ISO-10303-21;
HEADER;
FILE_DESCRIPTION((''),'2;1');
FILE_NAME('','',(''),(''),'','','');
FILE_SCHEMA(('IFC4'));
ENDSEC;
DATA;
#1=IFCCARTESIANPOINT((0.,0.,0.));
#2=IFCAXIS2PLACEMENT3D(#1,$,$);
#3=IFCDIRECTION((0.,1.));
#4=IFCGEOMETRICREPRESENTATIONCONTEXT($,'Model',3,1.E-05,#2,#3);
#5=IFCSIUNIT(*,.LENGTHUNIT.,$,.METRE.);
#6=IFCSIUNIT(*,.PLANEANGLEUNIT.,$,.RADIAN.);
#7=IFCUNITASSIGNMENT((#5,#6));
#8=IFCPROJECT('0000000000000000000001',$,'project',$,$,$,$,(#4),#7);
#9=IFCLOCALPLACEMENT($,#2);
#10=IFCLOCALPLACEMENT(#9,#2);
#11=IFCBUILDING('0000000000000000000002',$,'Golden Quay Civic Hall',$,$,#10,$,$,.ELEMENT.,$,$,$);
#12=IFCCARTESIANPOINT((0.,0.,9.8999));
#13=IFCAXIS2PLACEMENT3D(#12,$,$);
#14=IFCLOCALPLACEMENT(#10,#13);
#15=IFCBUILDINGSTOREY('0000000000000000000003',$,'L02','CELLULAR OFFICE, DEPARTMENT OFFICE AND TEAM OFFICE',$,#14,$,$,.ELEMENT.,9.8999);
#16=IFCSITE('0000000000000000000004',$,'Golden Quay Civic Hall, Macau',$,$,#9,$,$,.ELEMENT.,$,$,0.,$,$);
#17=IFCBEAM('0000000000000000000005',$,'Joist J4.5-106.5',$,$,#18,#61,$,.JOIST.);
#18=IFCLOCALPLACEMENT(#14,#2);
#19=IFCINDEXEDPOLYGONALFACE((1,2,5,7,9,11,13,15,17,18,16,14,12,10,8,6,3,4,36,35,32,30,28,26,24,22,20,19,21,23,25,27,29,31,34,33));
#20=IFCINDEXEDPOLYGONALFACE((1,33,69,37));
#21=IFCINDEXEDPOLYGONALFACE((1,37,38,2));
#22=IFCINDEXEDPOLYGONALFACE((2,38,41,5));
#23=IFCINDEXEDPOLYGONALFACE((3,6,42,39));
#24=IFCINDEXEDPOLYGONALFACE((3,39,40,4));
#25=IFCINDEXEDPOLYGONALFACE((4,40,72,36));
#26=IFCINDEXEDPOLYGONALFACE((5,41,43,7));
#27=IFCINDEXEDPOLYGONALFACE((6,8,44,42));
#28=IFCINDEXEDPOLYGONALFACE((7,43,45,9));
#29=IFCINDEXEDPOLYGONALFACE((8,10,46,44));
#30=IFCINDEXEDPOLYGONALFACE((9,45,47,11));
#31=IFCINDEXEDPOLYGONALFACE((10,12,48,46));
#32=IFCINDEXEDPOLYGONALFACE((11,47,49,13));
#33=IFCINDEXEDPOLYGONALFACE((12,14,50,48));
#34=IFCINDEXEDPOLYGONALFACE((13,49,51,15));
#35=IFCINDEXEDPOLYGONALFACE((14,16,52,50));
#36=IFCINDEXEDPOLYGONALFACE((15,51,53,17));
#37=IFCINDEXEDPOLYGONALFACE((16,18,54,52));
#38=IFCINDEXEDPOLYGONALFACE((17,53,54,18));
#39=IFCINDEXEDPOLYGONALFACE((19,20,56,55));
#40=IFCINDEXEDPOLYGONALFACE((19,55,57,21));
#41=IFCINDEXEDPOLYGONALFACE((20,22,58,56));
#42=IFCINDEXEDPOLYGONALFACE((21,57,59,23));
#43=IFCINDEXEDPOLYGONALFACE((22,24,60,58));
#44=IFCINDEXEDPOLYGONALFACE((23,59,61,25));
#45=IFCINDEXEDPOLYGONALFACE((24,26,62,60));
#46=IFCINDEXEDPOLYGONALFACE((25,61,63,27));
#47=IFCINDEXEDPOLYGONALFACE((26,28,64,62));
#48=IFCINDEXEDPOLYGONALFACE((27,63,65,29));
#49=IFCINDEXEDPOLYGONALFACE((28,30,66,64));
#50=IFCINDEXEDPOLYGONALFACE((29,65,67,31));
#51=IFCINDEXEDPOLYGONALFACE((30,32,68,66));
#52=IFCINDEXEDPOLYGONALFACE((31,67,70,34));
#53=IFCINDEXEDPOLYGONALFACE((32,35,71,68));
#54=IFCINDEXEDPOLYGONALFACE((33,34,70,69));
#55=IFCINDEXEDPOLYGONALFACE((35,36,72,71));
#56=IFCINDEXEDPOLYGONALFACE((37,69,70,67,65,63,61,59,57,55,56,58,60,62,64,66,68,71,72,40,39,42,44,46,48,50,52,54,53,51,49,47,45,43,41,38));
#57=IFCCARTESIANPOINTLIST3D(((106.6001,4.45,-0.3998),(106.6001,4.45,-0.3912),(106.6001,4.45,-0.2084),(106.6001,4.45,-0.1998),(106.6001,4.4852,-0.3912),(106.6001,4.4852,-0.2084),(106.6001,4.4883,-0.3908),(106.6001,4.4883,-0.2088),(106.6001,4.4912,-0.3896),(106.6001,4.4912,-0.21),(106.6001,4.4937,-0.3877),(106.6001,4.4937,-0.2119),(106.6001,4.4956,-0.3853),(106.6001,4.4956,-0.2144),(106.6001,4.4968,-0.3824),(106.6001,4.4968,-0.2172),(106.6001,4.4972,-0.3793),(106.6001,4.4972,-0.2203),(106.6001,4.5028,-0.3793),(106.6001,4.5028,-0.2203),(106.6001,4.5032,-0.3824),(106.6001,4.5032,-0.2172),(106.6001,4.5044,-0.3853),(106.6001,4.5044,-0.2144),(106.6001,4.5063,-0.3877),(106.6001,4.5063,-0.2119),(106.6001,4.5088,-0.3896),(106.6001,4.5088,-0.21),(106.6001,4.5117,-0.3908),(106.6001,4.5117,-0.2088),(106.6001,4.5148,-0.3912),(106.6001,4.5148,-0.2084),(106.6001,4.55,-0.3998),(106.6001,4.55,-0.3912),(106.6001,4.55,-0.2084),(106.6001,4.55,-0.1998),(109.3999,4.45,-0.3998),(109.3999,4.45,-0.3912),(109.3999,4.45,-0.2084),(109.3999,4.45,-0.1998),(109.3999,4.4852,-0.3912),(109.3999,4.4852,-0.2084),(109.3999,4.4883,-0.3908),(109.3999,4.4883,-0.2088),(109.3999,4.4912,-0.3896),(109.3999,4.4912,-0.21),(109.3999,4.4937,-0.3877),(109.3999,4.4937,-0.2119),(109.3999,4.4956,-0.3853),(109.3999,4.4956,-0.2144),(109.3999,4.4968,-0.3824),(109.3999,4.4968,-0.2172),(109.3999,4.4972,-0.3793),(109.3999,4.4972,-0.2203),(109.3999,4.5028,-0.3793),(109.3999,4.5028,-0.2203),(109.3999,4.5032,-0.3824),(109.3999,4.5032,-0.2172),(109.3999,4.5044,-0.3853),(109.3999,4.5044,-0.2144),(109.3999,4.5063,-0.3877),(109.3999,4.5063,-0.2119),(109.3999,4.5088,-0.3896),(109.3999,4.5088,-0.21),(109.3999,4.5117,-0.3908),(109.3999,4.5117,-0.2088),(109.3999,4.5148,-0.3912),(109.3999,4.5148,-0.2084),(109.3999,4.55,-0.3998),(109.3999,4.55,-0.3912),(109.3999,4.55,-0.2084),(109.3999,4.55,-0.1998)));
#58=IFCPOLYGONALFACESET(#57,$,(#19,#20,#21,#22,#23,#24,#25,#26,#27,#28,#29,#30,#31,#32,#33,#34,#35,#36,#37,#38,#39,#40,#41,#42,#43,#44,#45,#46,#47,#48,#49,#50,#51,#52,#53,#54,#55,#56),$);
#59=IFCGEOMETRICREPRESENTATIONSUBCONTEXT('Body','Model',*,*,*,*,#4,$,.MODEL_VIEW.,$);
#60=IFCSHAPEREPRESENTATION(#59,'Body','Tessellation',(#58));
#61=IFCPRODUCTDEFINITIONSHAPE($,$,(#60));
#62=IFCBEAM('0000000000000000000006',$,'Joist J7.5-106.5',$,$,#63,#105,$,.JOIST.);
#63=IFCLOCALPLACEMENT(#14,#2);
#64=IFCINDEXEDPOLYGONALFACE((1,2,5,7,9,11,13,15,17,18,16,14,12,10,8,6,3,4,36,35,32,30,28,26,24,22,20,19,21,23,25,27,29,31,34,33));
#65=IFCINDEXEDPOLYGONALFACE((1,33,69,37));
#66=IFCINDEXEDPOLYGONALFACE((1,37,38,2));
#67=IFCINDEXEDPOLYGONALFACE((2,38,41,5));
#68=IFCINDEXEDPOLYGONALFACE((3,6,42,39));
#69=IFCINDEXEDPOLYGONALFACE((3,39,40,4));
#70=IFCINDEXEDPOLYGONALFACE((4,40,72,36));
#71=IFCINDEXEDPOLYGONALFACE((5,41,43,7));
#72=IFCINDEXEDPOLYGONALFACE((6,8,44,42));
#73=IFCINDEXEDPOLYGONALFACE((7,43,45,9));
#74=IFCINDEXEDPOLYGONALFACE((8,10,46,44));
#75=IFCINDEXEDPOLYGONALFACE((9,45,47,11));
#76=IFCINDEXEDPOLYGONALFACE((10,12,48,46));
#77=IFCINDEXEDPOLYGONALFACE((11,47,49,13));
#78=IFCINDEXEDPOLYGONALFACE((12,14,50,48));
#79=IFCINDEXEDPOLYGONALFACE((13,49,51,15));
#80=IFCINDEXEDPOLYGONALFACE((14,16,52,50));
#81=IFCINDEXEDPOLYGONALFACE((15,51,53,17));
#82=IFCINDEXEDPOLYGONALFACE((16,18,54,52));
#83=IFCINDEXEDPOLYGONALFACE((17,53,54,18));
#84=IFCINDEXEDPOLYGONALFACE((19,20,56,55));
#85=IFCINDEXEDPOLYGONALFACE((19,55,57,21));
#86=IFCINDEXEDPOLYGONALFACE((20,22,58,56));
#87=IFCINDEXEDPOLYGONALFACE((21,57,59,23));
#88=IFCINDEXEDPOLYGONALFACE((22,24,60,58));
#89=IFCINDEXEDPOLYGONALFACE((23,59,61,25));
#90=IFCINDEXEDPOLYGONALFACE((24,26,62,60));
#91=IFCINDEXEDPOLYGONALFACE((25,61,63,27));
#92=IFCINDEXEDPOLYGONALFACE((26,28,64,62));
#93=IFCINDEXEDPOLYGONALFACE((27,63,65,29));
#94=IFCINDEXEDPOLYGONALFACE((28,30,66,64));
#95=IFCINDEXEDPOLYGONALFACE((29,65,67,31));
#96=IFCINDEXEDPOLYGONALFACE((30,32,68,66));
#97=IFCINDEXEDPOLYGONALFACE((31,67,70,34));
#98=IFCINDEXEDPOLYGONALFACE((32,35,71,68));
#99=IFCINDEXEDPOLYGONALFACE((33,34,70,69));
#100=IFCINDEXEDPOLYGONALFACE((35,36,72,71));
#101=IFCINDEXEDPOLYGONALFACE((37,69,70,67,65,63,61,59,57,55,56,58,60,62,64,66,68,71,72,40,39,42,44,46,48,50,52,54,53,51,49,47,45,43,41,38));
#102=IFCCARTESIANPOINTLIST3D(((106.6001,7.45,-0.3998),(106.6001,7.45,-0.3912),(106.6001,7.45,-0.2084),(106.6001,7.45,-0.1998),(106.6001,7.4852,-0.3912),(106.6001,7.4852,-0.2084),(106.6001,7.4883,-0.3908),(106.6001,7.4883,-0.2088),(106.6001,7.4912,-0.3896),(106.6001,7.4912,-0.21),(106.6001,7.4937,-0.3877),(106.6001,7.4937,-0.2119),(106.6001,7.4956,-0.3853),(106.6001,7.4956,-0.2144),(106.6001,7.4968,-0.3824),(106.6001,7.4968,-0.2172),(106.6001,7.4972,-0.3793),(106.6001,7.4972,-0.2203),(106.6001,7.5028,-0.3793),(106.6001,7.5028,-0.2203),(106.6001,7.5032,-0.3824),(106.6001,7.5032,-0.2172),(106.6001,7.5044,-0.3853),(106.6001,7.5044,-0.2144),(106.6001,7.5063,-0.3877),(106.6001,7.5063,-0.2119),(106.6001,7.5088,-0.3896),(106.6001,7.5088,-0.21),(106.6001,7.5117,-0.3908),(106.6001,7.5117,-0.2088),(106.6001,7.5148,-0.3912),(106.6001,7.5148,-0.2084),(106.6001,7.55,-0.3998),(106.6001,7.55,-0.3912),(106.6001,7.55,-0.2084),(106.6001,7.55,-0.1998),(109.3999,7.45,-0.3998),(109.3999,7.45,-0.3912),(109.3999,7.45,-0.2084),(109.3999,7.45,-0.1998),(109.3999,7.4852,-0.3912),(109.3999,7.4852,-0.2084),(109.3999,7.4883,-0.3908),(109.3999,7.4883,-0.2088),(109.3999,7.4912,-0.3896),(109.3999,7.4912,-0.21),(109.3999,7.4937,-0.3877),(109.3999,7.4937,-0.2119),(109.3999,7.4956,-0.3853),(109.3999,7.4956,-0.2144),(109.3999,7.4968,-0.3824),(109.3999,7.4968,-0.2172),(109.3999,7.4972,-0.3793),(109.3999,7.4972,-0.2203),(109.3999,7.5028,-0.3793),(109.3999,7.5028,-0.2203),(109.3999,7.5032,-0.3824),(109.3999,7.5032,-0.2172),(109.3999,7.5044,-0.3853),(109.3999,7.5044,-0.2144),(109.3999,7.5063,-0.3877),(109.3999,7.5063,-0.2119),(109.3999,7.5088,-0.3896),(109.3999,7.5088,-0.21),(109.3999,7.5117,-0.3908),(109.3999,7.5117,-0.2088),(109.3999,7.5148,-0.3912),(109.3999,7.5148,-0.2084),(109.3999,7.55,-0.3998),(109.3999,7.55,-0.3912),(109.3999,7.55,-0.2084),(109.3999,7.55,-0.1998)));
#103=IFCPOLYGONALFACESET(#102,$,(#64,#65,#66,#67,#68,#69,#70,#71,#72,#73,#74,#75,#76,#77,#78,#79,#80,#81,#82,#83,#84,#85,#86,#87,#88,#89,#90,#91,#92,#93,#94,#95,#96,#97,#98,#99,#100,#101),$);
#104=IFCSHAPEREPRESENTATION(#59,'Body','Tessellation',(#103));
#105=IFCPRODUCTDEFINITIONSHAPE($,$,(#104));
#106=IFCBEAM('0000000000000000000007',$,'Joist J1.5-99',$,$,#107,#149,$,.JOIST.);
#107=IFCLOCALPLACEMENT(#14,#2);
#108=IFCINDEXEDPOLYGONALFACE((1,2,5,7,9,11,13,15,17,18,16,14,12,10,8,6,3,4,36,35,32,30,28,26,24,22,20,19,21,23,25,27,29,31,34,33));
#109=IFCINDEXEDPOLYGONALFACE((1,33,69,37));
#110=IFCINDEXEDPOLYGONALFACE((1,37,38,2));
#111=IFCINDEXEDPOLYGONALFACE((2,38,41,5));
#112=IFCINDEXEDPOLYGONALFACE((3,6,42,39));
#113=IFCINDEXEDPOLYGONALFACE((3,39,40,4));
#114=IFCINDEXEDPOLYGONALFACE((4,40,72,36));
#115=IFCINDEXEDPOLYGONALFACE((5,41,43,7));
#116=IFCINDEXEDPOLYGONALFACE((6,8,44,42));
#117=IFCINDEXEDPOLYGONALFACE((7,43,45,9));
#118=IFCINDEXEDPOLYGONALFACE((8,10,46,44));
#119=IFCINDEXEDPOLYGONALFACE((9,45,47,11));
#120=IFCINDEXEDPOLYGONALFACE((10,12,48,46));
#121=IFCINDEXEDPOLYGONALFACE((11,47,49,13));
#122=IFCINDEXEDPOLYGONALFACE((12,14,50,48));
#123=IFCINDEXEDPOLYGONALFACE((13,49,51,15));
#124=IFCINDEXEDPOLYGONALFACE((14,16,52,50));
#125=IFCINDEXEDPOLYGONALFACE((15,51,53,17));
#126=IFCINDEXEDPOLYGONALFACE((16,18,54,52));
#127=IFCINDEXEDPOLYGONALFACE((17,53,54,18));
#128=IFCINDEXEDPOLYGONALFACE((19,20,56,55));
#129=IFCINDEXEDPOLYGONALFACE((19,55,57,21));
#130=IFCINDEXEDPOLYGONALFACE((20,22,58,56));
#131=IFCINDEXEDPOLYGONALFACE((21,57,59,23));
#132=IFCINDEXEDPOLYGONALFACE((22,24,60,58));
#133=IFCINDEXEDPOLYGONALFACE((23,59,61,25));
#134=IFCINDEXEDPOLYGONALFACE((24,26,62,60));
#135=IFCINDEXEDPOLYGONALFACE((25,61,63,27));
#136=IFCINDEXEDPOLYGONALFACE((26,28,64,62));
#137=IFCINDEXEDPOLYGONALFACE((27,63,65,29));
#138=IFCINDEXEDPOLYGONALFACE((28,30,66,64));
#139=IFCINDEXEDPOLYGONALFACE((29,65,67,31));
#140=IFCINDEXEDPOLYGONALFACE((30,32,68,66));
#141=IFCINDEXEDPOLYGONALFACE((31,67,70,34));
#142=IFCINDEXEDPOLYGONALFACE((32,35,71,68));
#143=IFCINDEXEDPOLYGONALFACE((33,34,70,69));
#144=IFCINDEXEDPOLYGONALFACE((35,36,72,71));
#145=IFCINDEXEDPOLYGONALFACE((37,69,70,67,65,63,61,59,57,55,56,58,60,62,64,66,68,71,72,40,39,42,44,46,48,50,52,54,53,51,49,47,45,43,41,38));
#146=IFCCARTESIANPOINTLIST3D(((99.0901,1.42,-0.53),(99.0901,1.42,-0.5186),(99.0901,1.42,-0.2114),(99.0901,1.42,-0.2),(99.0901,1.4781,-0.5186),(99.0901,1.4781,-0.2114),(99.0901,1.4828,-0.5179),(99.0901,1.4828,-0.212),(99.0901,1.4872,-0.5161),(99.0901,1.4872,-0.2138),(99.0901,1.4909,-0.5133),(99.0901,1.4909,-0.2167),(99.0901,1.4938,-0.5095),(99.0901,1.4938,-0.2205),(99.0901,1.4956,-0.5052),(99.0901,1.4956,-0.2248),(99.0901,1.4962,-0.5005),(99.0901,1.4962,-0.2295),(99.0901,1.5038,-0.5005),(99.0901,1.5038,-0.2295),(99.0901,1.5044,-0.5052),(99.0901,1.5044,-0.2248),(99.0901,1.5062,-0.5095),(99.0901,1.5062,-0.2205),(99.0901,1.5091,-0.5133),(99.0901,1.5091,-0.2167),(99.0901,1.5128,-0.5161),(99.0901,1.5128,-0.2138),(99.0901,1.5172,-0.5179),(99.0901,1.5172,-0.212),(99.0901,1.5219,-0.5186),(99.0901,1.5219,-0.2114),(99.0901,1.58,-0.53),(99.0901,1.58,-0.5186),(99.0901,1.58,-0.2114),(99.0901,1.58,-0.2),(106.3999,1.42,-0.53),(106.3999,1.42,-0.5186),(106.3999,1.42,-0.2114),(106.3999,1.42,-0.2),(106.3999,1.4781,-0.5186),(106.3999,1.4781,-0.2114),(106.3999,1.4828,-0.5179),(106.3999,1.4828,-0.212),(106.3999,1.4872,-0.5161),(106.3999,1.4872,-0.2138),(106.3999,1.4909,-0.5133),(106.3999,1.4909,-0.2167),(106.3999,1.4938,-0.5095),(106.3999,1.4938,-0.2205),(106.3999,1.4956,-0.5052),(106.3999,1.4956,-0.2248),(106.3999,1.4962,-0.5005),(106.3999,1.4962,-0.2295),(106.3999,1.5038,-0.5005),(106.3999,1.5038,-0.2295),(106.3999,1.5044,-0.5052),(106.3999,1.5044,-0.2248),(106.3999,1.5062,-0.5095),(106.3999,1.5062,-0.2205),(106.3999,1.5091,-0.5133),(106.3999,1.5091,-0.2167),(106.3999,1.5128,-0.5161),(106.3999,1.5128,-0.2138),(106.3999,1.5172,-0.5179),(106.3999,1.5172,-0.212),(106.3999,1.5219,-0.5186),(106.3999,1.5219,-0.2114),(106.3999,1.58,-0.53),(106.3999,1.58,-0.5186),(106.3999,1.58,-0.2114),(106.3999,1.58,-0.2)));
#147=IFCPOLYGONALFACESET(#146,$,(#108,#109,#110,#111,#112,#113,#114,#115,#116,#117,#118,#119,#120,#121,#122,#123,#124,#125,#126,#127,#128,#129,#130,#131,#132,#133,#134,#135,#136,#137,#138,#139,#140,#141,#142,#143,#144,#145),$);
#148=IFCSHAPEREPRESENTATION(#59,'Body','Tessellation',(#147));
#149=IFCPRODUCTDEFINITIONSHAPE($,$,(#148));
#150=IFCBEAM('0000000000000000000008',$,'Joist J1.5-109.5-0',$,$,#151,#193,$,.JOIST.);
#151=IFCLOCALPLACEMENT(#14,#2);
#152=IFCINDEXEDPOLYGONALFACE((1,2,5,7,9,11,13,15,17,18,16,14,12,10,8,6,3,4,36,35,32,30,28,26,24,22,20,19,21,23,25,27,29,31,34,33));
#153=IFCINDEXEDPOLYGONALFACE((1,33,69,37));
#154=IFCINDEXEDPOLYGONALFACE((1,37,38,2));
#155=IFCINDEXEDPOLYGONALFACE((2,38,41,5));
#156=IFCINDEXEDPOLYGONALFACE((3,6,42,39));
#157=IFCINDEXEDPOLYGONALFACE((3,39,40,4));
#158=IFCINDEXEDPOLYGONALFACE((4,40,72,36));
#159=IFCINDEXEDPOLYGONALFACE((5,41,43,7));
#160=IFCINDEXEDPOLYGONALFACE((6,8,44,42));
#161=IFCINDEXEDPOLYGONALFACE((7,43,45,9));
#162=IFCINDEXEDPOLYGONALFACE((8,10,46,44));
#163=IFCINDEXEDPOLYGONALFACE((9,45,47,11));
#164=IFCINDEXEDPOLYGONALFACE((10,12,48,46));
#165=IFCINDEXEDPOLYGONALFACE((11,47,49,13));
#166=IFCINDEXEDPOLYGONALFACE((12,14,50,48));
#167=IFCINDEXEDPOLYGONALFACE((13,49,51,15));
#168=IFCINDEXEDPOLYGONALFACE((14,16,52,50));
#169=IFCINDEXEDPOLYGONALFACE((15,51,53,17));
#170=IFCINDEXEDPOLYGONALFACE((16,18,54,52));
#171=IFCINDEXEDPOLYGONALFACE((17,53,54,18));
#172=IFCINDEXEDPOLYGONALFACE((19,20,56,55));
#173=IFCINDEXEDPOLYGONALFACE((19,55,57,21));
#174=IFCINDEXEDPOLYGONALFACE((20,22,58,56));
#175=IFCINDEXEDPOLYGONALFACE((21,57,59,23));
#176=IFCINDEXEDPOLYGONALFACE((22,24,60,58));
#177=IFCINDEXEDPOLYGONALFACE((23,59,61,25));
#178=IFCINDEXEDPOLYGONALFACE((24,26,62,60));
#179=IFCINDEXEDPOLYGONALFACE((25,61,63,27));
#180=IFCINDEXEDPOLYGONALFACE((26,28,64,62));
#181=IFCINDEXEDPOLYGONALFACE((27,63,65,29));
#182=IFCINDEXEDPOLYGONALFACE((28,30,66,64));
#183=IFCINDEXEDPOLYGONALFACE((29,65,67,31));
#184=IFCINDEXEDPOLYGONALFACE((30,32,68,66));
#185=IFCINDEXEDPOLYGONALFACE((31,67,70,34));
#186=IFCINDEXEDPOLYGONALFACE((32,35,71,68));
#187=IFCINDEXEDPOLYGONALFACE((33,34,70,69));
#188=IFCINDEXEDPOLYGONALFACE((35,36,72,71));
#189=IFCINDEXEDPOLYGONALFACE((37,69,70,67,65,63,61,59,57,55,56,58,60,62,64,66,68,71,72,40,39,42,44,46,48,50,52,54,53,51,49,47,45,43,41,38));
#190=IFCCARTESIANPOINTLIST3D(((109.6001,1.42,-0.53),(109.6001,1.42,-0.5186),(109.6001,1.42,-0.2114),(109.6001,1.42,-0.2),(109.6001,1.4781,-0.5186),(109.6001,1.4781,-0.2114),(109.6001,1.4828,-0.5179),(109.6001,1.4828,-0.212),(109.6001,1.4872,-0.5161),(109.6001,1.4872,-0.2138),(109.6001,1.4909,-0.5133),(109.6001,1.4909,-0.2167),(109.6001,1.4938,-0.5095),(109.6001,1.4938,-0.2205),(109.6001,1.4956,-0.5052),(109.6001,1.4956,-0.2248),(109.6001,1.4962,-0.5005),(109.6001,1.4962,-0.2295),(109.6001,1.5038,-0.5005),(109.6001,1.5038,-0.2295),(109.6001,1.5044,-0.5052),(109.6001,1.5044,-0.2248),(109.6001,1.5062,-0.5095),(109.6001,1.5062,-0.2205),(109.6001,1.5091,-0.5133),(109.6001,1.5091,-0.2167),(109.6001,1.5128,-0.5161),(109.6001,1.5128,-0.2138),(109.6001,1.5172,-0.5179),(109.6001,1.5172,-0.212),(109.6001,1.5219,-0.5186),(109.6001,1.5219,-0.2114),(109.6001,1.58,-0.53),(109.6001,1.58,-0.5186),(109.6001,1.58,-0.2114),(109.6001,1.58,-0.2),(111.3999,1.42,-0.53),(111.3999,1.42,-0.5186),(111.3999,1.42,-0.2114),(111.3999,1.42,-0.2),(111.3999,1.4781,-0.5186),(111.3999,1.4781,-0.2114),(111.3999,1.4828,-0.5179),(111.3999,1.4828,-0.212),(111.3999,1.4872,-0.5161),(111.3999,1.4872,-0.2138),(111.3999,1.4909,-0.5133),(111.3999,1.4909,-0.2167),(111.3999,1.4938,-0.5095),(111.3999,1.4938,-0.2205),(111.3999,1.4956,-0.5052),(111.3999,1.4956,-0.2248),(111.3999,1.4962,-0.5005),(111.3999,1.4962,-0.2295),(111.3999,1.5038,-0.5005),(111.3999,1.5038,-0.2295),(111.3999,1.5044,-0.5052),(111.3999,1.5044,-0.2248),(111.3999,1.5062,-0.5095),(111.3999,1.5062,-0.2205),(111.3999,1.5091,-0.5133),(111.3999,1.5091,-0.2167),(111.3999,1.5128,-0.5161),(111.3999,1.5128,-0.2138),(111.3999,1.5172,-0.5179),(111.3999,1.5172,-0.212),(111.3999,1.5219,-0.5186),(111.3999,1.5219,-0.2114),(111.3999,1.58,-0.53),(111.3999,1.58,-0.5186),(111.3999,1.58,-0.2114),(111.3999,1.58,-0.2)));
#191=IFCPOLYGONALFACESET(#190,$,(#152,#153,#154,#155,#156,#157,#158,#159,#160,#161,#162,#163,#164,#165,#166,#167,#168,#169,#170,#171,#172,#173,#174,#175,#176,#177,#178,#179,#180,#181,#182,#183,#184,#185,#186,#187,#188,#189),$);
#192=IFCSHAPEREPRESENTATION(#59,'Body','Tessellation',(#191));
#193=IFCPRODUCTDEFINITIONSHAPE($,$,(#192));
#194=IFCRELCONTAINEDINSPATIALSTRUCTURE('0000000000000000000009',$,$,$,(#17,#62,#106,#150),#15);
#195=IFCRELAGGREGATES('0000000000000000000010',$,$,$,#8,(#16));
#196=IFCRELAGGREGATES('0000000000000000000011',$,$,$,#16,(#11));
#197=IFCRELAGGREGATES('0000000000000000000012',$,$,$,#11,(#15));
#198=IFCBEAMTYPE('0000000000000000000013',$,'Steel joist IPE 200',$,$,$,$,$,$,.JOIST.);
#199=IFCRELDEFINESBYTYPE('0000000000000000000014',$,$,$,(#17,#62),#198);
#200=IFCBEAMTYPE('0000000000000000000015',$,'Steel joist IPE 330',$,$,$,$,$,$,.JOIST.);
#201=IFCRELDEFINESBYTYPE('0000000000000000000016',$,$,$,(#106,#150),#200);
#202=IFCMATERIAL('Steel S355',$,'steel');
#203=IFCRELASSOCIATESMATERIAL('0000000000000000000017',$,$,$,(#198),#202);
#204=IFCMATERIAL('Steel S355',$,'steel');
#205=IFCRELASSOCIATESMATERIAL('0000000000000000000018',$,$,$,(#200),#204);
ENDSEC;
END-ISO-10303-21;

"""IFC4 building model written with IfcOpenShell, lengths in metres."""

from ifc_helpers import new_model, si_unit, direction, frame, origin, origin_2d, place, context, subcontext, project, spatial, i_section, extrude, material, material_profile, profile_set, type_object, element, save


model = new_model("IFC4")

# Units and contexts
model_context = context("Model", 3, precision=1e-05, world=origin(), true_north=direction((0.0, 1.0)))
body_context = subcontext(model_context, "Body", "Model", "MODEL_VIEW")
ifc_project = project(units=[si_unit("LENGTHUNIT", "METRE"), si_unit("PLANEANGLEUNIT", "RADIAN")], contexts=[model_context])

# Site, building, storey
site_placement = place(None, origin())
site = spatial("IfcSite", under=ifc_project, at=site_placement, Name="Golden Quay Civic Hall, Macau", CompositionType="ELEMENT", RefElevation=0.0)
building_placement = place(site_placement, origin())
building = spatial("IfcBuilding", under=site, at=building_placement, Name="Golden Quay Civic Hall", CompositionType="ELEMENT")
storey_placement = place(building_placement, frame((0.0, 0.0, 9.8999)))
storey = spatial("IfcBuildingStorey", under=building, at=storey_placement, Name="L02", Description="CELLULAR OFFICE, DEPARTMENT OFFICE AND TEAM OFFICE", CompositionType="ELEMENT", Elevation=9.8999)

# Beams
ifc_material_1 = material(Name="Steel S355", Category="steel")
ifc_material_profile_1 = material_profile(ifc_material_1, i_section(OverallWidth=0.1001, OverallDepth=0.2, WebThickness=0.0056, FlangeThickness=0.0085, FilletRadius=0.012, at=origin_2d()), Name="IPE 200")
ifc_profile_set_1 = profile_set([ifc_material_profile_1], Name="Steel S355")
beam_type_1 = type_object("IfcBeamType", Name="Steel joist IPE 200", PredefinedType="JOIST", material=ifc_profile_set_1)
for number, where, z_axis, x_axis, name in (
    (1, (106.6001, 4.5, -0.2998), (1.0, 0.0, 0.0), (0.0, 1.0, 0.0), "Joist J4.5-106.5"),
    (2, (106.6001, 7.5, -0.2998), (1.0, 0.0, 0.0), (0.0, 1.0, 0.0), "Joist J7.5-106.5"),
):
    element("IfcBeam", number, at=place(storey_placement, frame(where, z_axis=z_axis, x_axis=x_axis)), inside=storey, type_object=beam_type_1, Name=name, PredefinedType="JOIST", context=body_context, shape_type="SweptSolid", body=[
        extrude(i_section(OverallWidth=0.1001, OverallDepth=0.2, WebThickness=0.0056, FlangeThickness=0.0085, FilletRadius=0.012, at=origin_2d()), origin(), (0.0, 0.0, 1.0), 2.7998),
    ])
ifc_material_2 = material(Name="Steel S355", Category="steel")
ifc_material_profile_2 = material_profile(ifc_material_2, i_section(OverallWidth=0.1599, OverallDepth=0.3301, WebThickness=0.0076, FlangeThickness=0.0115, FilletRadius=0.0181, at=origin_2d()), Name="IPE 330")
ifc_profile_set_2 = profile_set([ifc_material_profile_2], Name="Steel S355")
beam_type_2 = type_object("IfcBeamType", Name="Steel joist IPE 330", PredefinedType="JOIST", material=ifc_profile_set_2)
beam_1_placement = place(storey_placement, frame((99.0901, 1.5, -0.365), z_axis=(1.0, 0.0, 0.0), x_axis=(0.0, 1.0, 0.0)))
element("IfcBeam", 3, at=beam_1_placement, inside=storey, type_object=beam_type_2, Name="Joist J1.5-99", PredefinedType="JOIST", context=body_context, shape_type="SweptSolid", body=[
    extrude(i_section(OverallWidth=0.1599, OverallDepth=0.3301, WebThickness=0.0076, FlangeThickness=0.0115, FilletRadius=0.0181, at=origin_2d()), origin(), (0.0, 0.0, 1.0), 7.3098),
])
beam_2_placement = place(storey_placement, frame((109.6001, 1.5, -0.365), z_axis=(1.0, 0.0, 0.0), x_axis=(0.0, 1.0, 0.0)))
element("IfcBeam", 4, at=beam_2_placement, inside=storey, type_object=beam_type_2, Name="Joist J1.5-109.5-0", PredefinedType="JOIST", context=body_context, shape_type="SweptSolid", body=[
    extrude(i_section(OverallWidth=0.1599, OverallDepth=0.3301, WebThickness=0.0076, FlangeThickness=0.0115, FilletRadius=0.0181, at=origin_2d()), origin(), (0.0, 0.0, 1.0), 1.7998),
])

save(model, "model.ifc")
